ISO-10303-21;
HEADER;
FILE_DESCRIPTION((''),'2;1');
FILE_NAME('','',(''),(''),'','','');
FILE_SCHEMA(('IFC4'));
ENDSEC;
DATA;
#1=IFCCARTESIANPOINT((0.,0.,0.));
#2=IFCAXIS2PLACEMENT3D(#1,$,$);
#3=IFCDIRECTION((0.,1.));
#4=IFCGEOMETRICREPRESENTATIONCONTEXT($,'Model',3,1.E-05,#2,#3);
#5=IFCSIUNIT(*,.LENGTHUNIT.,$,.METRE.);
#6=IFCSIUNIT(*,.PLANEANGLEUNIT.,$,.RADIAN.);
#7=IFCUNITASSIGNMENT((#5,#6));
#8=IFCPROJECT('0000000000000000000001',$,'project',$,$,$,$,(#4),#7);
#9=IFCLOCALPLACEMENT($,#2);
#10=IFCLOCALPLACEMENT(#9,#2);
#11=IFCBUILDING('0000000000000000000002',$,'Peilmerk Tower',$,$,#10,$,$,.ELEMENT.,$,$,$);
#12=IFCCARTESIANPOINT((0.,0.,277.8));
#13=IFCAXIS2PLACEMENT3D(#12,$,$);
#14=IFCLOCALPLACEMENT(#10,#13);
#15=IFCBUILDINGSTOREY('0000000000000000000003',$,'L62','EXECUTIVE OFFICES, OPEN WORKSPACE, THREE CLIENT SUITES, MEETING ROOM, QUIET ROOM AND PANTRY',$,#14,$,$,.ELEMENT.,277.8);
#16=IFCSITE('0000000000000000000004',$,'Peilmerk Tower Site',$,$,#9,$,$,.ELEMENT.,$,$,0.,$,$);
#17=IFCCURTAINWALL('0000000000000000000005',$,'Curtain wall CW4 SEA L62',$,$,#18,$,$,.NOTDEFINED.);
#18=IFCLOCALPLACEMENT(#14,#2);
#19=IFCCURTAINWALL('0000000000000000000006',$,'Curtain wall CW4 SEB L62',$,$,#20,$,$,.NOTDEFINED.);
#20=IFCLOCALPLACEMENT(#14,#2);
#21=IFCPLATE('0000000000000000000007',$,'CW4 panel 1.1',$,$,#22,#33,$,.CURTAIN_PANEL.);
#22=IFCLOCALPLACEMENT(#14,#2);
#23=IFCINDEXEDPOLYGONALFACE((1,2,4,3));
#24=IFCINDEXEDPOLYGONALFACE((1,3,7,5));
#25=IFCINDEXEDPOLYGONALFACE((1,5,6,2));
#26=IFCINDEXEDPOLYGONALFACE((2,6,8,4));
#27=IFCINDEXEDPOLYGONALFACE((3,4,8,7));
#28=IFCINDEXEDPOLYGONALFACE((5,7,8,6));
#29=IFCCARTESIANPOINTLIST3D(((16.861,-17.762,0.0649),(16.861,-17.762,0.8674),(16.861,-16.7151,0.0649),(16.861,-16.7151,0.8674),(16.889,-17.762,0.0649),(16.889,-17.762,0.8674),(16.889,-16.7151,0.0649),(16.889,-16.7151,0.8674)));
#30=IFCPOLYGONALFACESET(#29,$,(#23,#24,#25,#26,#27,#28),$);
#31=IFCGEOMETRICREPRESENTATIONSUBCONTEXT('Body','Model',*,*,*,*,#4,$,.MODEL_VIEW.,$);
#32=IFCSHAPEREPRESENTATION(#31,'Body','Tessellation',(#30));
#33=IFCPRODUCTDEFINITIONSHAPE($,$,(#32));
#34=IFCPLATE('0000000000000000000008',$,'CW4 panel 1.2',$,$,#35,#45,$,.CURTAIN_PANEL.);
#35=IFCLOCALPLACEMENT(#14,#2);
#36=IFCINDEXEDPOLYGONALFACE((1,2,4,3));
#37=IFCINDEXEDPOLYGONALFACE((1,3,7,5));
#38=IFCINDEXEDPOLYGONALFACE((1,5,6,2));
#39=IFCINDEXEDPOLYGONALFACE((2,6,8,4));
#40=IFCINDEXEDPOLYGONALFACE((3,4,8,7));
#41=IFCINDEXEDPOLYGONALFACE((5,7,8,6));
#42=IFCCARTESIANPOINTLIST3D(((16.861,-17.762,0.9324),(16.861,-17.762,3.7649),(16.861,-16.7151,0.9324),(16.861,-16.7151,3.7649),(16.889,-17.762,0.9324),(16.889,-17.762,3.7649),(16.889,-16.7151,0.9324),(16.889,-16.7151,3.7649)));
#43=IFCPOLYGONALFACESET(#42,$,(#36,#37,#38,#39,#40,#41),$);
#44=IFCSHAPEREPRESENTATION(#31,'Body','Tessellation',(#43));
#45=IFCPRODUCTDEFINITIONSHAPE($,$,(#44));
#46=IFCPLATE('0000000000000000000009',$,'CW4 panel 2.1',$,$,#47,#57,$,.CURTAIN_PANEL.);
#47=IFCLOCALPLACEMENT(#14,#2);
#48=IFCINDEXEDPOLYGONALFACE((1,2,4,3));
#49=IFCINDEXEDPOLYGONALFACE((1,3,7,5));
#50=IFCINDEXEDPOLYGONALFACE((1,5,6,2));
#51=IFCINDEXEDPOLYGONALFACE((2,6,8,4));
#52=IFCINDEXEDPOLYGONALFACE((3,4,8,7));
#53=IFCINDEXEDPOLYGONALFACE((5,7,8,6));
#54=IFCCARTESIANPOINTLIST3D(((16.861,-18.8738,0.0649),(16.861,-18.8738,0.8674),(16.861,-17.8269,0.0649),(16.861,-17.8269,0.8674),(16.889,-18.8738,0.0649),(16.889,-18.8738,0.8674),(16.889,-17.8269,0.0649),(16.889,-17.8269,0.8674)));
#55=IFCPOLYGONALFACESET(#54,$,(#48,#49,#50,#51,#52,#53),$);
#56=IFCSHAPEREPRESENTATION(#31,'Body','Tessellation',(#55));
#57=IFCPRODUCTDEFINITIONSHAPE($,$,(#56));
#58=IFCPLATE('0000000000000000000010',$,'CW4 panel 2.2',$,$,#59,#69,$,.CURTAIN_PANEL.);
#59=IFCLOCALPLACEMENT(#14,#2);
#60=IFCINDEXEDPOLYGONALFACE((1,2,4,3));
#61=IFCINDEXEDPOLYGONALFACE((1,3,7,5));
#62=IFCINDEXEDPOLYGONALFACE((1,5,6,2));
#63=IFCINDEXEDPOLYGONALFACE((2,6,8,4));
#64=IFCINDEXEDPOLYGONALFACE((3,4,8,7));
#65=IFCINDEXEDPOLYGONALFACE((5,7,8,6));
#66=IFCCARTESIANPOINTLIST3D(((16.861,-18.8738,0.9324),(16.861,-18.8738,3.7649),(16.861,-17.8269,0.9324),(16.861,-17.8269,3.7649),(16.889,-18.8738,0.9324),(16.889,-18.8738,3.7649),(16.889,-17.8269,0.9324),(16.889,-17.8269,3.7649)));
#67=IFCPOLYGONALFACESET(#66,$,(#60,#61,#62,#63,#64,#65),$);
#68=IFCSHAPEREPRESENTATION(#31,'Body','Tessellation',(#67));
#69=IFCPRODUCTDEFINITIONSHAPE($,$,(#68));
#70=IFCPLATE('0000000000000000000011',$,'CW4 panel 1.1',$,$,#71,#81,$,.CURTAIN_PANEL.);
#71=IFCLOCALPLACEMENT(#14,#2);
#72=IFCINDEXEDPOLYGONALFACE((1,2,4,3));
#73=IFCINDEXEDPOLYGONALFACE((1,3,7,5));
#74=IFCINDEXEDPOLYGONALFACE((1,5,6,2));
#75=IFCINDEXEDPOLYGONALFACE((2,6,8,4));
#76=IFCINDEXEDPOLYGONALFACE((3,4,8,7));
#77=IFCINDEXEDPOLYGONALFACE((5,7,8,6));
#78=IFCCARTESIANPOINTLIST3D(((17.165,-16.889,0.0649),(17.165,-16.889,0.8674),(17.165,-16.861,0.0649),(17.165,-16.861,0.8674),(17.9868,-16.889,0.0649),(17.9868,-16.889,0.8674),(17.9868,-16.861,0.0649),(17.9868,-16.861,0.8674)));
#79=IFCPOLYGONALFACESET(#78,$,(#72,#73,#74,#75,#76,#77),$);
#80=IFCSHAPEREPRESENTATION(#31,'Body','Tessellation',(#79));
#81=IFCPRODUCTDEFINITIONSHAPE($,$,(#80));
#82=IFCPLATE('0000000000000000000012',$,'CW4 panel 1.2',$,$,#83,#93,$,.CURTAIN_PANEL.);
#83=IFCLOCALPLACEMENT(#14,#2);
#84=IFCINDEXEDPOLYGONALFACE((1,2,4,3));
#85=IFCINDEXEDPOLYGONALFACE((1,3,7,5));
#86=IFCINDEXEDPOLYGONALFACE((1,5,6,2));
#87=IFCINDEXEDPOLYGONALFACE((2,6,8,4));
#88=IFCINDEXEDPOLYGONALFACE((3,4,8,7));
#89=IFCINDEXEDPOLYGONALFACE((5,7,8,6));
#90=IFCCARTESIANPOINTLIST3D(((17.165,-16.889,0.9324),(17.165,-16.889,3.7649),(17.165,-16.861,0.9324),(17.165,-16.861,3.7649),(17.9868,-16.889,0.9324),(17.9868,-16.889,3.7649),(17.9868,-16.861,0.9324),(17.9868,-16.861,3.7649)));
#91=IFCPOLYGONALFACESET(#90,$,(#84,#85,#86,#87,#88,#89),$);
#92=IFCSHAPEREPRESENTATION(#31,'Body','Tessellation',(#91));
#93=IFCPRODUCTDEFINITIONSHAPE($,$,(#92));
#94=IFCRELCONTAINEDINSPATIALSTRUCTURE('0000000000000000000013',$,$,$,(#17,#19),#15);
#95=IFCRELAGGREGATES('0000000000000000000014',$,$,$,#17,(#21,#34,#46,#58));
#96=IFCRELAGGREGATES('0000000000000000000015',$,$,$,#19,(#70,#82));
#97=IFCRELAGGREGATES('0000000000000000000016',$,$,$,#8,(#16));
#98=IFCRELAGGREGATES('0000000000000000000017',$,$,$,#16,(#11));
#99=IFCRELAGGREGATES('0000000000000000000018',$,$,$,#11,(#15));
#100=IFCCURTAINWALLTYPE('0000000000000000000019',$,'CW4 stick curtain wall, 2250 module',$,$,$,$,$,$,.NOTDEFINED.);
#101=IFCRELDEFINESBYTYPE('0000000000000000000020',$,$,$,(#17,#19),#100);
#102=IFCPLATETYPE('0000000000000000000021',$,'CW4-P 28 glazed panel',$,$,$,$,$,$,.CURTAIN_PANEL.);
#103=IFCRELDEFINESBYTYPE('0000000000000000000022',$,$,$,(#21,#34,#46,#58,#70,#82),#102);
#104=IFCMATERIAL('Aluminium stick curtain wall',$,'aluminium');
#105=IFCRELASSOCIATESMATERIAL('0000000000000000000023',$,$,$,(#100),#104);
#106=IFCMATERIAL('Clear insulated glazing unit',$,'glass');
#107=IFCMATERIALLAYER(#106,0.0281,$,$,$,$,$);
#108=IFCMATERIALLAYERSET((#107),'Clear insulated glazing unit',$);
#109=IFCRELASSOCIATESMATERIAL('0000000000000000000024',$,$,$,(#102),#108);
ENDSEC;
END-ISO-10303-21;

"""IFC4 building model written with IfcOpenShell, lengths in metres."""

from ifc_helpers import new_model, si_unit, direction, frame, origin, origin_2d, place, context, subcontext, project, spatial, rectangle, extrude, material, layer, layer_set, type_object, element, aggregate, save


model = new_model("IFC4")

# Units and contexts
model_context = context("Model", 3, precision=1e-05, world=origin(), true_north=direction((0.0, 1.0)))
body_context = subcontext(model_context, "Body", "Model", "MODEL_VIEW")
ifc_project = project(units=[si_unit("LENGTHUNIT", "METRE"), si_unit("PLANEANGLEUNIT", "RADIAN")], contexts=[model_context])

# Site, building, storey
site_placement = place(None, origin())
site = spatial("IfcSite", under=ifc_project, at=site_placement, Name="Peilmerk Tower Site", CompositionType="ELEMENT", RefElevation=0.0)
building_placement = place(site_placement, origin())
building = spatial("IfcBuilding", under=site, at=building_placement, Name="Peilmerk Tower", CompositionType="ELEMENT")
storey_placement = place(building_placement, frame((0.0, 0.0, 277.8)))
storey = spatial("IfcBuildingStorey", under=building, at=storey_placement, Name="L62", Description="EXECUTIVE OFFICES, OPEN WORKSPACE, THREE CLIENT SUITES, MEETING ROOM, QUIET ROOM AND PANTRY", CompositionType="ELEMENT", Elevation=277.8)

# Curtain walls
ifc_material_1 = material(Name="Aluminium stick curtain wall", Category="aluminium")
curtain_wall_type = type_object("IfcCurtainWallType", Name="CW4 stick curtain wall, 2250 module", PredefinedType="NOTDEFINED", material=ifc_material_1)
curtain_wall_1_placement = place(storey_placement, origin())
curtain_wall_1 = element("IfcCurtainWall", 1, at=curtain_wall_1_placement, inside=storey, type_object=curtain_wall_type, Name="Curtain wall CW4 SEA L62", PredefinedType="NOTDEFINED")
curtain_wall_2_placement = place(storey_placement, origin())
curtain_wall_2 = element("IfcCurtainWall", 2, at=curtain_wall_2_placement, inside=storey, type_object=curtain_wall_type, Name="Curtain wall CW4 SEB L62", PredefinedType="NOTDEFINED")

# Plates
ifc_material_2 = material(Name="Clear insulated glazing unit", Category="glass")
ifc_layer_1 = layer(ifc_material_2, 0.0281)
ifc_layer_set_1 = layer_set([ifc_layer_1], Name="Clear insulated glazing unit")
plate_type = type_object("IfcPlateType", Name="CW4-P 28 glazed panel", PredefinedType="CURTAIN_PANEL", material=ifc_layer_set_1)
plate_1_placement = place(storey_placement, frame((16.875, -17.2385, 0.0649), z_axis=(0.0, 0.0, 1.0), x_axis=(0.0, -1.0, 0.0)))
plate_1 = element("IfcPlate", 3, at=plate_1_placement, type_object=plate_type, Name="CW4 panel 1.1", PredefinedType="CURTAIN_PANEL", context=body_context, shape_type="SweptSolid", body=[
    extrude(rectangle(XDim=1.0469, YDim=0.0281, at=origin_2d()), origin(), (0.0, 0.0, 1.0), 0.8025),
])
plate_2_placement = place(storey_placement, frame((16.875, -17.2385, 0.9324), z_axis=(0.0, 0.0, 1.0), x_axis=(0.0, -1.0, 0.0)))
plate_2 = element("IfcPlate", 4, at=plate_2_placement, type_object=plate_type, Name="CW4 panel 1.2", PredefinedType="CURTAIN_PANEL", context=body_context, shape_type="SweptSolid", body=[
    extrude(rectangle(XDim=1.0469, YDim=0.0281, at=origin_2d()), origin(), (0.0, 0.0, 1.0), 2.8325),
])
plate_3_placement = place(storey_placement, frame((16.875, -18.3503, 0.0649), z_axis=(0.0, 0.0, 1.0), x_axis=(0.0, -1.0, 0.0)))
plate_3 = element("IfcPlate", 5, at=plate_3_placement, type_object=plate_type, Name="CW4 panel 2.1", PredefinedType="CURTAIN_PANEL", context=body_context, shape_type="SweptSolid", body=[
    extrude(rectangle(XDim=1.0469, YDim=0.0281, at=origin_2d()), origin(), (0.0, 0.0, 1.0), 0.8025),
])
plate_4_placement = place(storey_placement, frame((16.875, -18.3503, 0.9324), z_axis=(0.0, 0.0, 1.0), x_axis=(0.0, -1.0, 0.0)))
plate_4 = element("IfcPlate", 6, at=plate_4_placement, type_object=plate_type, Name="CW4 panel 2.2", PredefinedType="CURTAIN_PANEL", context=body_context, shape_type="SweptSolid", body=[
    extrude(rectangle(XDim=1.0469, YDim=0.0281, at=origin_2d()), origin(), (0.0, 0.0, 1.0), 2.8325),
])
aggregate(curtain_wall_1, [plate_1, plate_2, plate_3, plate_4])
plate_5_placement = place(storey_placement, frame((17.5759, -16.875, 0.0649), z_axis=(0.0, 0.0, 1.0), x_axis=(1.0, 0.0, 0.0)))
plate_5 = element("IfcPlate", 7, at=plate_5_placement, type_object=plate_type, Name="CW4 panel 1.1", PredefinedType="CURTAIN_PANEL", context=body_context, shape_type="SweptSolid", body=[
    extrude(rectangle(XDim=0.8218, YDim=0.0281, at=origin_2d()), origin(), (0.0, 0.0, 1.0), 0.8025),
])
plate_6_placement = place(storey_placement, frame((17.5759, -16.875, 0.9324), z_axis=(0.0, 0.0, 1.0), x_axis=(1.0, 0.0, 0.0)))
plate_6 = element("IfcPlate", 8, at=plate_6_placement, type_object=plate_type, Name="CW4 panel 1.2", PredefinedType="CURTAIN_PANEL", context=body_context, shape_type="SweptSolid", body=[
    extrude(rectangle(XDim=0.8218, YDim=0.0281, at=origin_2d()), origin(), (0.0, 0.0, 1.0), 2.8325),
])
aggregate(curtain_wall_2, [plate_5, plate_6])

save(model, "model.ifc")
